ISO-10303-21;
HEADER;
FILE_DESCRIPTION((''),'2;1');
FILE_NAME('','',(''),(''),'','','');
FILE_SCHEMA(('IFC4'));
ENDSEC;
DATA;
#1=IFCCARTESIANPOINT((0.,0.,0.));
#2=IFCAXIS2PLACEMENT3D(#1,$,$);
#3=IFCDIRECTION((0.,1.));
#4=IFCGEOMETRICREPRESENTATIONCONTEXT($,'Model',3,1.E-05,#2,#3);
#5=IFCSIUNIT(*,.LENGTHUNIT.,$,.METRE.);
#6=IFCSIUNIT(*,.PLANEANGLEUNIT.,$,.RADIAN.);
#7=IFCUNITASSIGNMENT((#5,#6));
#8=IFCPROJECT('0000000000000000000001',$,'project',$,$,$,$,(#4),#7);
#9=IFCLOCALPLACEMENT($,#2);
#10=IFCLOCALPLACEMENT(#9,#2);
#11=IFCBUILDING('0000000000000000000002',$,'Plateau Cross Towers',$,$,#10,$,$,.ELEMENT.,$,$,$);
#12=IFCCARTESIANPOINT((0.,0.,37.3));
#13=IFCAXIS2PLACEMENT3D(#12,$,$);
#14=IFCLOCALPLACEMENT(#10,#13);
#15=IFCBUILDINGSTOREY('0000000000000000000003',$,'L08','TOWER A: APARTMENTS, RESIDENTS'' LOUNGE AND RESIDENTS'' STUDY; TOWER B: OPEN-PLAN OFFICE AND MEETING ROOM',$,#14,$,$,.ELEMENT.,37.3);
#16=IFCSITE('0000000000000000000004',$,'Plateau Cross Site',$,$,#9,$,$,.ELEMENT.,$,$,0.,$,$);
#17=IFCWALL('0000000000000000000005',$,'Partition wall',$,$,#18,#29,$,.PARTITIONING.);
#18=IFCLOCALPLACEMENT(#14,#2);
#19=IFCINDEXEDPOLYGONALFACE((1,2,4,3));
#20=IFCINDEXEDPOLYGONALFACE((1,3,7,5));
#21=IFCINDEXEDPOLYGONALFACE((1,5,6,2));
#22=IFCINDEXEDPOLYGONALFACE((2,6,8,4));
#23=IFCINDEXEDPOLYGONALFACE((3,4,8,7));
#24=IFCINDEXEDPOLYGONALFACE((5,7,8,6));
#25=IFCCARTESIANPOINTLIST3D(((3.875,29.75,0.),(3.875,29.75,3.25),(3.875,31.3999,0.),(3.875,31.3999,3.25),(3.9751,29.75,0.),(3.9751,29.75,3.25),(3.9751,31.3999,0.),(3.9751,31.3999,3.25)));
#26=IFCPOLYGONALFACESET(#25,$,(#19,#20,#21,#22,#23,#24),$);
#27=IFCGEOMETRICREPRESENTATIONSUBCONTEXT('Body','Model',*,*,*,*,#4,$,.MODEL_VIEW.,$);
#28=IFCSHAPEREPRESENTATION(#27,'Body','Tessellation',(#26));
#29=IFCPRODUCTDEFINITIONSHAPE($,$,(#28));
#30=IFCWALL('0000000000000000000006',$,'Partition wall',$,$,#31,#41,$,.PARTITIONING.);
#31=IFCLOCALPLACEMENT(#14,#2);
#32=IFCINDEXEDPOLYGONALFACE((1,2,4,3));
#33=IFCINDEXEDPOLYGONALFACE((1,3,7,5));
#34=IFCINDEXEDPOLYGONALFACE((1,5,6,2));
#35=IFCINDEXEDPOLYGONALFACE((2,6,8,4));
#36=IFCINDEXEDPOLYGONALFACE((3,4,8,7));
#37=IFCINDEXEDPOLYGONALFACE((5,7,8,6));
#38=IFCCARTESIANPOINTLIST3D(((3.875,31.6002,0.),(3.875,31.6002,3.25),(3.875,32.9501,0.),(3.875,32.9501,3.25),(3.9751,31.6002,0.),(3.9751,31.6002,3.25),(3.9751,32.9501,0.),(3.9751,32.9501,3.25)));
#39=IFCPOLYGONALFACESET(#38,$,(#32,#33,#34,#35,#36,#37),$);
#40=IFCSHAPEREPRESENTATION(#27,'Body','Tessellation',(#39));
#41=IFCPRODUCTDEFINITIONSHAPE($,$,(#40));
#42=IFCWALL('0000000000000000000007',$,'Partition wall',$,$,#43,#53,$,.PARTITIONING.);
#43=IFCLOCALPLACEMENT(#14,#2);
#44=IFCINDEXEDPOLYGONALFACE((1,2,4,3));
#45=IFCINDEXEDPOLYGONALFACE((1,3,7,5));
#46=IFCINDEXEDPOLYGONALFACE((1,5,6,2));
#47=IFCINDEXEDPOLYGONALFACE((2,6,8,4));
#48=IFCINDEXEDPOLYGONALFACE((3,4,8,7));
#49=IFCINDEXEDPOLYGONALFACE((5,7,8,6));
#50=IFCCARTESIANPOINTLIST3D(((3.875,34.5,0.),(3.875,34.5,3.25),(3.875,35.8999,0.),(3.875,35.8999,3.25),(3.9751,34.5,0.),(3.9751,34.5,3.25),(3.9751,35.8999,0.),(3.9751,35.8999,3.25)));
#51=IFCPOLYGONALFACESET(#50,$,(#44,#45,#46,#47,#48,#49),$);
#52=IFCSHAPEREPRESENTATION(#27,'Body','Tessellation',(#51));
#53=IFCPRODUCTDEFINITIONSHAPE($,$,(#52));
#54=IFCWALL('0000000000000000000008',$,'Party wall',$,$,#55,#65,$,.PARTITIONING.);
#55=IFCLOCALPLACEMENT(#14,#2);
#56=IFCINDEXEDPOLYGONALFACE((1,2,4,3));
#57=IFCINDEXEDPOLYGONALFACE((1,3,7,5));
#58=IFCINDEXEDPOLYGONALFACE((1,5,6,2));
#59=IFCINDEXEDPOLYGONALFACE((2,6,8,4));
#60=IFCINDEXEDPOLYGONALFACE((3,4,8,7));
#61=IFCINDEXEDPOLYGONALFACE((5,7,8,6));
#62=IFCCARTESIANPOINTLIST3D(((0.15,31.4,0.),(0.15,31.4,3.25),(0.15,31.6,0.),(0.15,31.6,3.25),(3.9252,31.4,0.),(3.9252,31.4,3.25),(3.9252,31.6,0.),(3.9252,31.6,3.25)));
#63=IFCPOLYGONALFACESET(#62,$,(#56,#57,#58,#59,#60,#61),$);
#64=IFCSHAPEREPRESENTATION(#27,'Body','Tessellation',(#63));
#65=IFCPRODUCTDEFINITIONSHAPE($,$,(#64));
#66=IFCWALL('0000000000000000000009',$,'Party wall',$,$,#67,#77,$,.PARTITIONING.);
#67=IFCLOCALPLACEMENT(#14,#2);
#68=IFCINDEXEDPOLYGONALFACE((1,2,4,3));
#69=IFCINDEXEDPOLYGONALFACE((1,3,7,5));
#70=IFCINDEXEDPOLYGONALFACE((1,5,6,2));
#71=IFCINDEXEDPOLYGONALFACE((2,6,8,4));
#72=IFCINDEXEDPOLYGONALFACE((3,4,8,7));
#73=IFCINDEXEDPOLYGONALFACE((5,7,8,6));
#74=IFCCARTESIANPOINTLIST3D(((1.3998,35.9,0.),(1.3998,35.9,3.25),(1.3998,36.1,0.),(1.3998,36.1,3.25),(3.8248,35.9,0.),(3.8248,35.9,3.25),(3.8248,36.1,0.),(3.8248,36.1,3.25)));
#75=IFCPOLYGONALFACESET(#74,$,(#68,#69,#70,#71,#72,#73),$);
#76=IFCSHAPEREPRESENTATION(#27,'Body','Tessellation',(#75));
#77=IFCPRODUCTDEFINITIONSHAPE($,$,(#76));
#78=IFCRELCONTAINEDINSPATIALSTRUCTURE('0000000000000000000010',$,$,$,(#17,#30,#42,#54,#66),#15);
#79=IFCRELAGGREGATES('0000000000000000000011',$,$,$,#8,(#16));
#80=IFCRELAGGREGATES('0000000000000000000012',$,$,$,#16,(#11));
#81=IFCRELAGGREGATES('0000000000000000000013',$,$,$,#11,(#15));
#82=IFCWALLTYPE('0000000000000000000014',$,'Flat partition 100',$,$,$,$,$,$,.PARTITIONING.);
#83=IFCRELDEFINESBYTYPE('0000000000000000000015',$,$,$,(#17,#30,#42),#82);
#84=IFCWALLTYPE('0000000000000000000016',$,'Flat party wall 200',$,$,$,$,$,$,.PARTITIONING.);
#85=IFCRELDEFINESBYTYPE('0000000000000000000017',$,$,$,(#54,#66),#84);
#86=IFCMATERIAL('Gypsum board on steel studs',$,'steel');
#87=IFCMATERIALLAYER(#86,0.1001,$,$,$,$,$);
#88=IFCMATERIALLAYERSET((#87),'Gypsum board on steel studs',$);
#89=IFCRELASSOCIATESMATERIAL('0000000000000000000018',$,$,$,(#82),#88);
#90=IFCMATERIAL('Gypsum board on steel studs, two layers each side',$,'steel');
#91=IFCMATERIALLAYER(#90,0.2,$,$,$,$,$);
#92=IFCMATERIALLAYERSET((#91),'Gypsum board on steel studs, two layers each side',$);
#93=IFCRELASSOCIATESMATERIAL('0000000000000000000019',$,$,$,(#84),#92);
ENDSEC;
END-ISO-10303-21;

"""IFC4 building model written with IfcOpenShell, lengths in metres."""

from ifc_helpers import new_model, si_unit, direction, frame, frame_2d, origin, place, context, subcontext, project, spatial, rectangle, extrude, material, layer, layer_set, type_object, element, save


model = new_model("IFC4")

# Units and contexts
model_context = context("Model", 3, precision=1e-05, world=origin(), true_north=direction((0.0, 1.0)))
body_context = subcontext(model_context, "Body", "Model", "MODEL_VIEW")
ifc_project = project(units=[si_unit("LENGTHUNIT", "METRE"), si_unit("PLANEANGLEUNIT", "RADIAN")], contexts=[model_context])

# Site, building, storey
site_placement = place(None, origin())
site = spatial("IfcSite", under=ifc_project, at=site_placement, Name="Plateau Cross Site", CompositionType="ELEMENT", RefElevation=0.0)
building_placement = place(site_placement, origin())
building = spatial("IfcBuilding", under=site, at=building_placement, Name="Plateau Cross Towers", CompositionType="ELEMENT")
storey_placement = place(building_placement, frame((0.0, 0.0, 37.3)))
storey = spatial("IfcBuildingStorey", under=building, at=storey_placement, Name="L08", Description="TOWER A: APARTMENTS, RESIDENTS' LOUNGE AND RESIDENTS' STUDY; TOWER B: OPEN-PLAN OFFICE AND MEETING ROOM", CompositionType="ELEMENT", Elevation=37.3)

# Shared definitions
ifc_material_1 = material(Name="Gypsum board on steel studs", Category="steel")
ifc_layer_1 = layer(ifc_material_1, 0.1001)
ifc_layer_set_1 = layer_set([ifc_layer_1], Name="Gypsum board on steel studs")
wall_type_1 = type_object("IfcWallType", Name="Flat partition 100", PredefinedType="PARTITIONING", material=ifc_layer_set_1)

# Walls
wall_1_placement = place(storey_placement, frame((3.925, 31.3999, 0.0), z_axis=(0.0, 0.0, 1.0), x_axis=(0.0, -1.0, 0.0)))
element("IfcWall", 1, at=wall_1_placement, inside=storey, type_object=wall_type_1, Name="Partition wall", PredefinedType="PARTITIONING", context=body_context, shape_type="SweptSolid", body=[
    extrude(rectangle(XDim=1.6499, YDim=0.1001, at=frame_2d((0.825, 0.0))), origin(), (0.0, 0.0, 1.0), 3.25),
])
wall_2_placement = place(storey_placement, frame((3.925, 32.95, 0.0), z_axis=(0.0, 0.0, 1.0), x_axis=(0.0, -1.0, 0.0)))
element("IfcWall", 2, at=wall_2_placement, inside=storey, type_object=wall_type_1, Name="Partition wall", PredefinedType="PARTITIONING", context=body_context, shape_type="SweptSolid", body=[
    extrude(rectangle(XDim=1.3499, YDim=0.1001, at=frame_2d((0.6748, 0.0))), origin(), (0.0, 0.0, 1.0), 3.25),
])
wall_3_placement = place(storey_placement, frame((3.925, 35.8999, 0.0), z_axis=(0.0, 0.0, 1.0), x_axis=(0.0, -1.0, 0.0)))
element("IfcWall", 3, at=wall_3_placement, inside=storey, type_object=wall_type_1, Name="Partition wall", PredefinedType="PARTITIONING", context=body_context, shape_type="SweptSolid", body=[
    extrude(rectangle(XDim=1.3999, YDim=0.1001, at=frame_2d((0.7, 0.0))), origin(), (0.0, 0.0, 1.0), 3.25),
])
ifc_material_2 = material(Name="Gypsum board on steel studs, two layers each side", Category="steel")
ifc_layer_2 = layer(ifc_material_2, 0.2)
ifc_layer_set_2 = layer_set([ifc_layer_2], Name="Gypsum board on steel studs, two layers each side")
wall_type_2 = type_object("IfcWallType", Name="Flat party wall 200", PredefinedType="PARTITIONING", material=ifc_layer_set_2)
wall_4_placement = place(storey_placement, frame((0.1499, 31.5, 0.0), z_axis=(0.0, 0.0, 1.0), x_axis=(1.0, 0.0, 0.0)))
element("IfcWall", 4, at=wall_4_placement, inside=storey, type_object=wall_type_2, Name="Party wall", PredefinedType="PARTITIONING", context=body_context, shape_type="SweptSolid", body=[
    extrude(rectangle(XDim=3.7751, YDim=0.2, at=frame_2d((1.8877, 0.0))), origin(), (0.0, 0.0, 1.0), 3.25),
])
wall_5_placement = place(storey_placement, frame((1.3999, 36.0, 0.0), z_axis=(0.0, 0.0, 1.0), x_axis=(1.0, 0.0, 0.0)))
element("IfcWall", 5, at=wall_5_placement, inside=storey, type_object=wall_type_2, Name="Party wall", PredefinedType="PARTITIONING", context=body_context, shape_type="SweptSolid", body=[
    extrude(rectangle(XDim=2.425, YDim=0.2, at=frame_2d((1.2124, 0.0))), origin(), (0.0, 0.0, 1.0), 3.25),
])

save(model, "model.ifc")
